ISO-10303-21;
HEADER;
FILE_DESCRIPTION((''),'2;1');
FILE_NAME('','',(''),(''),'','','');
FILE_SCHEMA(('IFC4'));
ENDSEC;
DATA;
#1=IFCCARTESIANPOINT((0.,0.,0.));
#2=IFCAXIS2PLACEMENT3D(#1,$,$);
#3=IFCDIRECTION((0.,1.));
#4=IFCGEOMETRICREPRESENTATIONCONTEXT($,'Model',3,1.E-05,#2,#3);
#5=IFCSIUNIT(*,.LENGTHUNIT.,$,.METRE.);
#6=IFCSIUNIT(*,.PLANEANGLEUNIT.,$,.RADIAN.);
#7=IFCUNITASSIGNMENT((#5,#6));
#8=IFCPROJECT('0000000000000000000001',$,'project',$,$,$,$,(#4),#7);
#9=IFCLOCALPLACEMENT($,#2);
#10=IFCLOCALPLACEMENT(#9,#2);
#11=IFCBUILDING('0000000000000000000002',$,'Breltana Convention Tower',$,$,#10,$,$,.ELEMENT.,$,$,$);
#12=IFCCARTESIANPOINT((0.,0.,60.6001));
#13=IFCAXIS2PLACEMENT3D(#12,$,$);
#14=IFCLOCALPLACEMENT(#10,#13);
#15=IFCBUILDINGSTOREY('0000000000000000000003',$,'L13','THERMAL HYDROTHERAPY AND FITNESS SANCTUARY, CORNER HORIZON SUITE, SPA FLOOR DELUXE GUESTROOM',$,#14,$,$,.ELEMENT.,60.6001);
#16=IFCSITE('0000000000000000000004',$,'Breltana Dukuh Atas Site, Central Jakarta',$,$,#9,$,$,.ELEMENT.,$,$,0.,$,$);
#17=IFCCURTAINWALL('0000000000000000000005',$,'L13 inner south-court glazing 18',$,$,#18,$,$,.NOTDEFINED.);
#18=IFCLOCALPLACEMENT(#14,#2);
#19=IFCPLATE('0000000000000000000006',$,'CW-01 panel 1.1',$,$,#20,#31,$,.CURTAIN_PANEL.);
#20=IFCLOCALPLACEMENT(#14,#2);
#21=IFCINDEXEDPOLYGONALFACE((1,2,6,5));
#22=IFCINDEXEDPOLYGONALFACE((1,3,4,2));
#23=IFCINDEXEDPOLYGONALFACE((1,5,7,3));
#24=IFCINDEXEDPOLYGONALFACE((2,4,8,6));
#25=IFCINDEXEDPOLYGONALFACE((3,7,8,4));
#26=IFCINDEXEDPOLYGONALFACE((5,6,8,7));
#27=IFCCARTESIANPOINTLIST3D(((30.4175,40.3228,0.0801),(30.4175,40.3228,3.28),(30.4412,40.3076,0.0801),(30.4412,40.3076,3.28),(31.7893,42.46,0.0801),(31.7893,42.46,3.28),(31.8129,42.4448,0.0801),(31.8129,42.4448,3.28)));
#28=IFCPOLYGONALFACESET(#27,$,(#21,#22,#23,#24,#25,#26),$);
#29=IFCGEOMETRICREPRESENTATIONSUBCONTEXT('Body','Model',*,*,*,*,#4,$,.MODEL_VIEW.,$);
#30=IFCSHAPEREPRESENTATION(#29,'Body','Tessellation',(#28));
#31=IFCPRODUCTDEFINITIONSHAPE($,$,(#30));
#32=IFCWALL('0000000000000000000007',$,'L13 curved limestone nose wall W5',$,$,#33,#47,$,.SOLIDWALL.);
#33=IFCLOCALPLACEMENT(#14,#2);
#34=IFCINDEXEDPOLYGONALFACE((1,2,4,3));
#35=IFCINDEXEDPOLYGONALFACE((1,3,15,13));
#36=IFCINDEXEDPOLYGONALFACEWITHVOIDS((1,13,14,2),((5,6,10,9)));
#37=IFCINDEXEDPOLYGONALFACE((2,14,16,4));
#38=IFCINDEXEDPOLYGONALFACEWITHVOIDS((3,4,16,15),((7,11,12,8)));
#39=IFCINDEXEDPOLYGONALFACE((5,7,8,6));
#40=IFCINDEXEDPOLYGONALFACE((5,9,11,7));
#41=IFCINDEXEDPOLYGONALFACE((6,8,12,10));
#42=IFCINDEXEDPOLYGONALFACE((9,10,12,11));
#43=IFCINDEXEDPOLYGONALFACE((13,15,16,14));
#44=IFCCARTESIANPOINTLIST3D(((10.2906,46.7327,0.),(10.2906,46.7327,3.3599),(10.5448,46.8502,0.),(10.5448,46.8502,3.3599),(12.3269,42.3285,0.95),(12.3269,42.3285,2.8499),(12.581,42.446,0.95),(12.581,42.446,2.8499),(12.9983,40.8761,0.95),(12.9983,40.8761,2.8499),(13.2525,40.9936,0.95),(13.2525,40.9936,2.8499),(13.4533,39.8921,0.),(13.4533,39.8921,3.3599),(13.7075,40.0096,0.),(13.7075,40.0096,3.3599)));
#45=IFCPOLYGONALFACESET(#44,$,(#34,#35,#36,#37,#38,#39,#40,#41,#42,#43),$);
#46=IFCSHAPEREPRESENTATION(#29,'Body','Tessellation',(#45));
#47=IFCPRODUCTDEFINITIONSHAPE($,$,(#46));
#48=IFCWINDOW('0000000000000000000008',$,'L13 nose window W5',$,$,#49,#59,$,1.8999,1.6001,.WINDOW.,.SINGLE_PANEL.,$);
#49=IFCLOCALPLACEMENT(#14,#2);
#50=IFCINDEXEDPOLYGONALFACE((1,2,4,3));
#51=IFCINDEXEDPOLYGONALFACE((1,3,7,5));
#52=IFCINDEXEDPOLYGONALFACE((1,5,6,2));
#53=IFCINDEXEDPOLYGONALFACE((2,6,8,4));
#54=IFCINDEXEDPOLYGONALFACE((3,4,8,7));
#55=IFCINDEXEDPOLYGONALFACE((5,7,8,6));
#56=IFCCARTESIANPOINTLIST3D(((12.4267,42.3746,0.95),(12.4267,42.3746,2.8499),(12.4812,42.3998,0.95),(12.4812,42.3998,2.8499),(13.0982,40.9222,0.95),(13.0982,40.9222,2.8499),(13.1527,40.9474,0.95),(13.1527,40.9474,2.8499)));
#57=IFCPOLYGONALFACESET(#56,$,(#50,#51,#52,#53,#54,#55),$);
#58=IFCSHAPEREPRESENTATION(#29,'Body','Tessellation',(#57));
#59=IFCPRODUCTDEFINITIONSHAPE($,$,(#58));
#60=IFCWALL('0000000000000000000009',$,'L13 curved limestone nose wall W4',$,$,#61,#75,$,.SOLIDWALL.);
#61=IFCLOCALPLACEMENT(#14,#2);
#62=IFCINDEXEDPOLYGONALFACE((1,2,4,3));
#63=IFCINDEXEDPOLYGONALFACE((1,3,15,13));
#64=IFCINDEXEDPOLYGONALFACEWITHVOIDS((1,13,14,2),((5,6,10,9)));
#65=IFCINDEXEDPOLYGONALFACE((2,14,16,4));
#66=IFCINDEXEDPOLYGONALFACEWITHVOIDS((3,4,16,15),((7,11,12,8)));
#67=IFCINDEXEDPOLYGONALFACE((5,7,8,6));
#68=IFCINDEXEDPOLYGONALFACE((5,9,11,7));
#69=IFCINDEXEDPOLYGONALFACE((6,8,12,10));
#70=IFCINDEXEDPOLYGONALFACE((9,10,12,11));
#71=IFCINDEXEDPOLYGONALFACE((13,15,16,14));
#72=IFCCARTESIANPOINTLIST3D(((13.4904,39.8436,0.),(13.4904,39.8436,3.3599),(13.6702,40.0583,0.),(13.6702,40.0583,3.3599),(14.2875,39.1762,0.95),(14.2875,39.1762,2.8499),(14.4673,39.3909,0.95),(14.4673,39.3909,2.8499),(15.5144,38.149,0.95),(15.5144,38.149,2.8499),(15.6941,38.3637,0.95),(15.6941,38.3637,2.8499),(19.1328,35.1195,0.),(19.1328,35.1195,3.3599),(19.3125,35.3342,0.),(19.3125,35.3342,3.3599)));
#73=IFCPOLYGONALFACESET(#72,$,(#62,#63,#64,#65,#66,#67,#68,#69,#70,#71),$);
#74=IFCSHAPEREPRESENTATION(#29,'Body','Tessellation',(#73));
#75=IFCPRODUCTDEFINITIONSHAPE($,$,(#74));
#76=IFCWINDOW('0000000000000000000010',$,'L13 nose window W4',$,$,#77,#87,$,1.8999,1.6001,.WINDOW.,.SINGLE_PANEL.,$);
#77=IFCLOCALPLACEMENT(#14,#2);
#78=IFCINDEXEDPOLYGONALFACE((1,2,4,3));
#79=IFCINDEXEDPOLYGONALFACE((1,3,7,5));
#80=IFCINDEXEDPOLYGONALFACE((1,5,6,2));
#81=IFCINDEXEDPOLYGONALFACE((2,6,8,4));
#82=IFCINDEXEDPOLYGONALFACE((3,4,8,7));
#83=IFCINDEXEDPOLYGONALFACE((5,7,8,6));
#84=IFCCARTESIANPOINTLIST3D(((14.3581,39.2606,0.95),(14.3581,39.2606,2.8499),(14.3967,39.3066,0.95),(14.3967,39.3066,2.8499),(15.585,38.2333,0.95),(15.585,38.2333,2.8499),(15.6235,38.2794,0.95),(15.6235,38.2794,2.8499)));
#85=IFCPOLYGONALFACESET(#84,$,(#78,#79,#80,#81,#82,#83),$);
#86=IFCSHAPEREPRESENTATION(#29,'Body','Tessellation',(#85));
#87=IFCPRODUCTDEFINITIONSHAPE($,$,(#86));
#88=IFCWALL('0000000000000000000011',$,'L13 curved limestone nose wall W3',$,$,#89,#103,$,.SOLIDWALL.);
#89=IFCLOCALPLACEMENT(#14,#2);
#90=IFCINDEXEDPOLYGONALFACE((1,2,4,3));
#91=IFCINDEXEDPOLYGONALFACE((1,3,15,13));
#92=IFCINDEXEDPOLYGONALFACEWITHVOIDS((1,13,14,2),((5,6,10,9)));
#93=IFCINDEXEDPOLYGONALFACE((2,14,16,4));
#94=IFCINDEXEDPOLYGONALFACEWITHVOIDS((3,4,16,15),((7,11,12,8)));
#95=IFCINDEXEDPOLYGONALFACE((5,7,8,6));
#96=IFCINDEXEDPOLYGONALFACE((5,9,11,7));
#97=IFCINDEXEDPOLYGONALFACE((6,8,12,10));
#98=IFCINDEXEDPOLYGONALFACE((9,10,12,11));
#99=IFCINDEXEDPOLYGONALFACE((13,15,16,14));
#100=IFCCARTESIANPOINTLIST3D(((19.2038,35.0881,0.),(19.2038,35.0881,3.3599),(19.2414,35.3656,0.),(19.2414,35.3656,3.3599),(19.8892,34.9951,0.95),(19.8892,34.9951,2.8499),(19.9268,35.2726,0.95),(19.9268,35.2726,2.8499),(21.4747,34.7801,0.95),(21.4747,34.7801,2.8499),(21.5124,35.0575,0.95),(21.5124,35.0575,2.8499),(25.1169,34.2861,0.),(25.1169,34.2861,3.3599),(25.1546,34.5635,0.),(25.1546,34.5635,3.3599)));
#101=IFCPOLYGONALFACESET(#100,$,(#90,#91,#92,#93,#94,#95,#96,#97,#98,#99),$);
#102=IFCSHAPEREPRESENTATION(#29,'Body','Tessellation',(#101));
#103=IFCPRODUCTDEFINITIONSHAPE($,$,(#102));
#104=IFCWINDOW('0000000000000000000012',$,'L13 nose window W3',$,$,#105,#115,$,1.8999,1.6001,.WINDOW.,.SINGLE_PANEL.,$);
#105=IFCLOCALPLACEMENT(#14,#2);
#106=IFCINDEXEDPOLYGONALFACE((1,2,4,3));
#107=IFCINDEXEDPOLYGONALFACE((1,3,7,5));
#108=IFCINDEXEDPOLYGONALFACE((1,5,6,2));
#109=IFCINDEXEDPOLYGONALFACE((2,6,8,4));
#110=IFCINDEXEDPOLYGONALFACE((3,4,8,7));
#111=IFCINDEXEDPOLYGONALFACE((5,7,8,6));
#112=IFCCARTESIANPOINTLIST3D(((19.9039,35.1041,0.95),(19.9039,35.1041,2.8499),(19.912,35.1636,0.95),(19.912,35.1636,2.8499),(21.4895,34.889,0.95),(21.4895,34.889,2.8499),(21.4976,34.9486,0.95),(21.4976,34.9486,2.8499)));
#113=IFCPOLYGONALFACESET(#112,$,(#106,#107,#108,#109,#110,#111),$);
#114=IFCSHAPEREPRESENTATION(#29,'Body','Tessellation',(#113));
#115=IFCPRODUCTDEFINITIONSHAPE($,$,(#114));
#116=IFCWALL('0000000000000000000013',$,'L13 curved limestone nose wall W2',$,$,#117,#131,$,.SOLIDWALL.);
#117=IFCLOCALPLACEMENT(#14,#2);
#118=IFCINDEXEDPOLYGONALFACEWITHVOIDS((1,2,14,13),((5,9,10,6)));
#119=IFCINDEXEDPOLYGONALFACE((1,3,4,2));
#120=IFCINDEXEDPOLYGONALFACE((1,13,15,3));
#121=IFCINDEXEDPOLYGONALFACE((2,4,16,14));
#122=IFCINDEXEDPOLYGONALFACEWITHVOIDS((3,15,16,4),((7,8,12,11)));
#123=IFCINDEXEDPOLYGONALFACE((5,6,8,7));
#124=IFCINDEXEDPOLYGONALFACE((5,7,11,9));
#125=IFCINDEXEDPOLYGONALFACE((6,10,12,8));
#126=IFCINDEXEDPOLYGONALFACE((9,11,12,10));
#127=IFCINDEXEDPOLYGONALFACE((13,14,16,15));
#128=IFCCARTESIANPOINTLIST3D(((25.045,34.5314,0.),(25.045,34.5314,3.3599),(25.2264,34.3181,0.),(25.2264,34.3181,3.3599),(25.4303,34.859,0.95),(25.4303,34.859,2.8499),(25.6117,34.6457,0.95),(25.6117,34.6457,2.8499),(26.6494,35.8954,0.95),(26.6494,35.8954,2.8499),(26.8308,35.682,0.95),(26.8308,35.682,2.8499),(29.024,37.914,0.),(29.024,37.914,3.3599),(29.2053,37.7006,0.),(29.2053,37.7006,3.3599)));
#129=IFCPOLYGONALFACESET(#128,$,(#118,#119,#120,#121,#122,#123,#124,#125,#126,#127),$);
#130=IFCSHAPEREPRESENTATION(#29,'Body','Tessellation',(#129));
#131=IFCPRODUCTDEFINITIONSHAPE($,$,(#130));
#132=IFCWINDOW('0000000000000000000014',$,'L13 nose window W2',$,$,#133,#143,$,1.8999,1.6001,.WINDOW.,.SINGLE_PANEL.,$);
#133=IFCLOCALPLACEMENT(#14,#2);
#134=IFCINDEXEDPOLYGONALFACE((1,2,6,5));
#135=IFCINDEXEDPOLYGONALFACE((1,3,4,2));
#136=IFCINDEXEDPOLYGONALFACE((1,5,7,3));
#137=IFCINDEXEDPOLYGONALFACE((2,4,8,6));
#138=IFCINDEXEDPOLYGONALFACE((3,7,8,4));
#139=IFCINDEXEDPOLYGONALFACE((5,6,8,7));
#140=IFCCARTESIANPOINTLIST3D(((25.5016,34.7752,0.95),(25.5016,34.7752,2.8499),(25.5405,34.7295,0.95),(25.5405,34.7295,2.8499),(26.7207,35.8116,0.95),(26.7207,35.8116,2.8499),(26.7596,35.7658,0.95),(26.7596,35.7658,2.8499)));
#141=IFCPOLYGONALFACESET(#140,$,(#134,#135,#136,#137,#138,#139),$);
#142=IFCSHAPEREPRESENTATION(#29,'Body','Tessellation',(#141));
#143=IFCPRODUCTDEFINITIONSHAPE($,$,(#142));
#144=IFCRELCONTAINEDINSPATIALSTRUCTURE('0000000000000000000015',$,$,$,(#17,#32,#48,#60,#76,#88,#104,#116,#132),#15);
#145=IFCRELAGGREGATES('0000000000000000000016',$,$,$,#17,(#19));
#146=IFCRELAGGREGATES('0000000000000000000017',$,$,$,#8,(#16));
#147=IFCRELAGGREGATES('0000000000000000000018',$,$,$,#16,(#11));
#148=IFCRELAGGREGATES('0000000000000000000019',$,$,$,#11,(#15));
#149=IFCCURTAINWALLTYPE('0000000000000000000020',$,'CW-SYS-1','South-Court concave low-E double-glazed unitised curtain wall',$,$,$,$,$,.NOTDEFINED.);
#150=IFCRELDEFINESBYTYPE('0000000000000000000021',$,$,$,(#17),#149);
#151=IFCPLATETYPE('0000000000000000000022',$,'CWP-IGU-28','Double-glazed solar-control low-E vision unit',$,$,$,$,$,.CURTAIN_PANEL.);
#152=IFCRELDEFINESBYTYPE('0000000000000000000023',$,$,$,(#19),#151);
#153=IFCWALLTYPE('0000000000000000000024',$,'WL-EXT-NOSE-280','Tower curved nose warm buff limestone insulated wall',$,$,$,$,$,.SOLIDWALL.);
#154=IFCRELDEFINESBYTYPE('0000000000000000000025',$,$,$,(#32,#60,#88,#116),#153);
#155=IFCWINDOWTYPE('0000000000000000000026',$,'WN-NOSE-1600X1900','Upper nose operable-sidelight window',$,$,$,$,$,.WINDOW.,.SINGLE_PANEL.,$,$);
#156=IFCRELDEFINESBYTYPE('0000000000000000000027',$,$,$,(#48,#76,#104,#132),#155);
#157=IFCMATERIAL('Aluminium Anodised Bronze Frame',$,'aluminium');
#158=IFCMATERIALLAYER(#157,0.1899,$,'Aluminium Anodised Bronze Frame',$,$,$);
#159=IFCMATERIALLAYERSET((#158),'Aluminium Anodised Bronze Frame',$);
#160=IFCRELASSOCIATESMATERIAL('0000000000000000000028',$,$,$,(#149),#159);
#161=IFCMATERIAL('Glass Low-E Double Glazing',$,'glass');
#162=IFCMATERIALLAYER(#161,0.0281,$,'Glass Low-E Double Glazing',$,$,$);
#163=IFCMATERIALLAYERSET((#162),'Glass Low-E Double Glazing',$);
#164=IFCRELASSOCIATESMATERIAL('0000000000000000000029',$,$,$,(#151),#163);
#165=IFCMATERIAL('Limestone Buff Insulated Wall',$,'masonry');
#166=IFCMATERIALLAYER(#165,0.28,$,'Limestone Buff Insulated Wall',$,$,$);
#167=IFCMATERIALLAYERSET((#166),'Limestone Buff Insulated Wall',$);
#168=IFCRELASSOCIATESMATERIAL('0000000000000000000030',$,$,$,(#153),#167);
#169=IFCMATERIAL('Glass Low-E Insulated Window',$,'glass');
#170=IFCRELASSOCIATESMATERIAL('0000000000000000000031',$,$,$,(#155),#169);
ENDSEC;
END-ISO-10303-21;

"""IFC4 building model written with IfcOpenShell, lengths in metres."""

from ifc_helpers import new_model, si_unit, direction, frame, frame_2d, origin, origin_2d, place, context, subcontext, project, spatial, rectangle, extrude, source, transform, mapped, material, layer, layer_set, type_object, type_shapes, element, fill, aggregate, save


model = new_model("IFC4")

# Units and contexts
model_context = context("Model", 3, precision=1e-05, world=origin(), true_north=direction((0.0, 1.0)))
body_context = subcontext(model_context, "Body", "Model", "MODEL_VIEW")
ifc_project = project(units=[si_unit("LENGTHUNIT", "METRE"), si_unit("PLANEANGLEUNIT", "RADIAN")], contexts=[model_context])

# Site, building, storey
site_placement = place(None, origin())
site = spatial("IfcSite", under=ifc_project, at=site_placement, Name="Breltana Dukuh Atas Site, Central Jakarta", CompositionType="ELEMENT", RefElevation=0.0)
building_placement = place(site_placement, origin())
building = spatial("IfcBuilding", under=site, at=building_placement, Name="Breltana Convention Tower", CompositionType="ELEMENT")
storey_placement = place(building_placement, frame((0.0, 0.0, 60.6001)))
storey = spatial("IfcBuildingStorey", under=building, at=storey_placement, Name="L13", Description="THERMAL HYDROTHERAPY AND FITNESS SANCTUARY, CORNER HORIZON SUITE, SPA FLOOR DELUXE GUESTROOM", CompositionType="ELEMENT", Elevation=60.6001)

# Curtain wall
ifc_material_1 = material(Name="Aluminium Anodised Bronze Frame", Category="aluminium")
ifc_layer_1 = layer(ifc_material_1, 0.1899, Name="Aluminium Anodised Bronze Frame")
ifc_layer_set_1 = layer_set([ifc_layer_1], Name="Aluminium Anodised Bronze Frame")
curtain_wall_type = type_object("IfcCurtainWallType", Name="CW-SYS-1", Description="South-Court concave low-E double-glazed unitised curtain wall", PredefinedType="NOTDEFINED", material=ifc_layer_set_1)
curtain_wall_1_placement = place(storey_placement, origin())
curtain_wall_1 = element("IfcCurtainWall", 1, at=curtain_wall_1_placement, inside=storey, type_object=curtain_wall_type, Name="L13 inner south-court glazing 18", PredefinedType="NOTDEFINED")

# Plate
ifc_material_2 = material(Name="Glass Low-E Double Glazing", Category="glass")
ifc_layer_2 = layer(ifc_material_2, 0.0281, Name="Glass Low-E Double Glazing")
ifc_layer_set_2 = layer_set([ifc_layer_2], Name="Glass Low-E Double Glazing")
plate_type = type_object("IfcPlateType", Name="CWP-IGU-28", Description="Double-glazed solar-control low-E vision unit", PredefinedType="CURTAIN_PANEL", material=ifc_layer_set_2)
shared_shape_1 = source(origin(), body_context, "Body", "SweptSolid", [
    extrude(rectangle(XDim=2.5396, YDim=0.0281, at=origin_2d()), origin(), (0.0, 0.0, 1.0), 3.2),
])
plate_1_placement = place(storey_placement, frame((31.1152, 41.3838, 0.0801), z_axis=(0.0, 0.0, 1.0), x_axis=(-0.54017, -0.841556, 0.0)))
plate_1 = element("IfcPlate", 2, at=plate_1_placement, type_object=plate_type, Name="CW-01 panel 1.1", PredefinedType="CURTAIN_PANEL", context=body_context, shape_type="MappedRepresentation", body=[
    mapped(shared_shape_1, transform((0.0, 0.0, 0.0), scale=1.0)),
])
aggregate(curtain_wall_1, [plate_1])

# Walls, openings, windows
ifc_material_3 = material(Name="Limestone Buff Insulated Wall", Category="masonry")
ifc_layer_3 = layer(ifc_material_3, 0.28, Name="Limestone Buff Insulated Wall")
ifc_layer_set_3 = layer_set([ifc_layer_3], Name="Limestone Buff Insulated Wall")
wall_type = type_object("IfcWallType", Name="WL-EXT-NOSE-280", Description="Tower curved nose warm buff limestone insulated wall", PredefinedType="SOLIDWALL", material=ifc_layer_set_3)
shared_shape_2 = source(origin(), body_context, "Body", "SweptSolid", [
    extrude(rectangle(XDim=7.5364, YDim=0.28, at=frame_2d((3.7681, 0.0))), origin(), (0.0, 0.0, 1.0), 3.3599),
])
wall_1_placement = place(storey_placement, frame((13.5803, 39.9509, 0.0), z_axis=(0.0, 0.0, 1.0), x_axis=(-0.41965, 0.907686, 0.0)))
wall_1 = element("IfcWall", 3, at=wall_1_placement, inside=storey, type_object=wall_type, Name="L13 curved limestone nose wall W5", PredefinedType="SOLIDWALL", context=body_context, shape_type="MappedRepresentation", body=[
    mapped(shared_shape_2, transform((0.0, 0.0, 0.0), scale=1.0)),
])
opening_1_placement = place(wall_1_placement, frame((1.084, 0.0, 0.95)))
opening_1 = element("IfcOpeningElement", 4, at=opening_1_placement, cuts=wall_1, PredefinedType="OPENING", context=body_context, shape_type="SweptSolid", body=[
    extrude(rectangle(XDim=1.6001, YDim=1.8999, at=frame_2d((0.8, 0.95))), frame((0.0, 0.1499, 0.0), z_axis=(0.0, -1.0, 0.0), x_axis=(1.0, 0.0, 0.0)), (0.0, 0.0, 1.0), 0.3),
])
ifc_material_4 = material(Name="Glass Low-E Insulated Window", Category="glass")
window_type = type_object("IfcWindowType", Name="WN-NOSE-1600X1900", Description="Upper nose operable-sidelight window", PartitioningType="SINGLE_PANEL", PredefinedType="WINDOW", material=ifc_material_4)
shared_shape_3 = source(origin(), body_context, "Body", "SweptSolid", [
    extrude(rectangle(XDim=1.6001, YDim=1.8999, at=frame_2d((0.8, 0.95))), frame((0.0, 0.03, 0.0), z_axis=(0.0, -1.0, 0.0), x_axis=(1.0, 0.0, 0.0)), (0.0, 0.0, 1.0), 0.0601),
])
type_shapes(window_type, [shared_shape_3])
window_1_placement = place(opening_1_placement, origin())
window_1 = element("IfcWindow", 5, at=window_1_placement, inside=storey, type_object=window_type, Name="L13 nose window W5", OverallHeight=1.8999, OverallWidth=1.6001, PartitioningType="SINGLE_PANEL", PredefinedType="WINDOW", context=body_context, shape_type="MappedRepresentation", body=[
    mapped(shared_shape_3, transform((0.0, 0.0, 0.0), scale=1.0)),
])
fill(opening_1, window_1)
shared_shape_4 = source(origin(), body_context, "Body", "SweptSolid", [
    extrude(rectangle(XDim=7.3589, YDim=0.28, at=frame_2d((3.6794, 0.0))), origin(), (0.0, 0.0, 1.0), 3.3599),
])
wall_2_placement = place(storey_placement, frame((19.2227, 35.2268, 0.0), z_axis=(0.0, 0.0, 1.0), x_axis=(-0.766737, 0.641961, 0.0)))
wall_2 = element("IfcWall", 6, at=wall_2_placement, inside=storey, type_object=wall_type, Name="L13 curved limestone nose wall W4", PredefinedType="SOLIDWALL", context=body_context, shape_type="MappedRepresentation", body=[
    mapped(shared_shape_4, transform((0.0, 0.0, 0.0), scale=1.0)),
])
opening_2_placement = place(wall_2_placement, frame((4.7192, 0.0, 0.95)))
opening_2 = element("IfcOpeningElement", 7, at=opening_2_placement, cuts=wall_2, PredefinedType="OPENING", context=body_context, shape_type="SweptSolid", body=[
    extrude(rectangle(XDim=1.6001, YDim=1.8999, at=frame_2d((0.8, 0.95))), frame((0.0, 0.1499, 0.0), z_axis=(0.0, -1.0, 0.0), x_axis=(1.0, 0.0, 0.0)), (0.0, 0.0, 1.0), 0.3),
])
window_2_placement = place(opening_2_placement, origin())
window_2 = element("IfcWindow", 8, at=window_2_placement, inside=storey, type_object=window_type, Name="L13 nose window W4", OverallHeight=1.8999, OverallWidth=1.6001, PartitioningType="SINGLE_PANEL", PredefinedType="WINDOW", context=body_context, shape_type="MappedRepresentation", body=[
    mapped(shared_shape_3, transform((0.0, 0.0, 0.0), scale=1.0)),
])
fill(opening_2, window_2)
shared_shape_5 = source(origin(), body_context, "Body", "SweptSolid", [
    extrude(rectangle(XDim=5.9673, YDim=0.28, at=frame_2d((2.9836, 0.0))), origin(), (0.0, 0.0, 1.0), 3.3599),
])
wall_3_placement = place(storey_placement, frame((25.1357, 34.4248, 0.0), z_axis=(0.0, 0.0, 1.0), x_axis=(-0.990927, 0.134401, 0.0)))
wall_3 = element("IfcWall", 9, at=wall_3_placement, inside=storey, type_object=wall_type, Name="L13 curved limestone nose wall W3", PredefinedType="SOLIDWALL", context=body_context, shape_type="MappedRepresentation", body=[
    mapped(shared_shape_5, transform((0.0, 0.0, 0.0), scale=1.0)),
])
opening_3_placement = place(wall_3_placement, frame((3.6755, 0.0, 0.95)))
opening_3 = element("IfcOpeningElement", 10, at=opening_3_placement, cuts=wall_3, PredefinedType="OPENING", context=body_context, shape_type="SweptSolid", body=[
    extrude(rectangle(XDim=1.6001, YDim=1.8999, at=frame_2d((0.8, 0.95))), frame((0.0, 0.1499, 0.0), z_axis=(0.0, -1.0, 0.0), x_axis=(1.0, 0.0, 0.0)), (0.0, 0.0, 1.0), 0.3),
])
window_3_placement = place(opening_3_placement, origin())
window_3 = element("IfcWindow", 11, at=window_3_placement, inside=storey, type_object=window_type, Name="L13 nose window W3", OverallHeight=1.8999, OverallWidth=1.6001, PartitioningType="SINGLE_PANEL", PredefinedType="WINDOW", context=body_context, shape_type="MappedRepresentation", body=[
    mapped(shared_shape_3, transform((0.0, 0.0, 0.0), scale=1.0)),
])
fill(opening_3, window_3)
shared_shape_6 = source(origin(), body_context, "Body", "SweptSolid", [
    extrude(rectangle(XDim=5.2224, YDim=0.28, at=frame_2d((2.6113, 0.0))), origin(), (0.0, 0.0, 1.0), 3.3599),
])
wall_4_placement = place(storey_placement, frame((29.1147, 37.8074, 0.0), z_axis=(0.0, 0.0, 1.0), x_axis=(-0.7619, -0.647695, 0.0)))
wall_4 = element("IfcWall", 12, at=wall_4_placement, inside=storey, type_object=wall_type, Name="L13 curved limestone nose wall W2", PredefinedType="SOLIDWALL", context=body_context, shape_type="MappedRepresentation", body=[
    mapped(shared_shape_6, transform((0.0, 0.0, 0.0), scale=1.0)),
])
opening_4_placement = place(wall_4_placement, frame((3.1167, 0.0, 0.95)))
opening_4 = element("IfcOpeningElement", 13, at=opening_4_placement, cuts=wall_4, PredefinedType="OPENING", context=body_context, shape_type="SweptSolid", body=[
    extrude(rectangle(XDim=1.6001, YDim=1.8999, at=frame_2d((0.8, 0.95))), frame((0.0, 0.1499, 0.0), z_axis=(0.0, -1.0, 0.0), x_axis=(1.0, 0.0, 0.0)), (0.0, 0.0, 1.0), 0.3),
])
window_4_placement = place(opening_4_placement, origin())
window_4 = element("IfcWindow", 14, at=window_4_placement, inside=storey, type_object=window_type, Name="L13 nose window W2", OverallHeight=1.8999, OverallWidth=1.6001, PartitioningType="SINGLE_PANEL", PredefinedType="WINDOW", context=body_context, shape_type="MappedRepresentation", body=[
    mapped(shared_shape_3, transform((0.0, 0.0, 0.0), scale=1.0)),
])
fill(opening_4, window_4)

save(model, "model.ifc")
